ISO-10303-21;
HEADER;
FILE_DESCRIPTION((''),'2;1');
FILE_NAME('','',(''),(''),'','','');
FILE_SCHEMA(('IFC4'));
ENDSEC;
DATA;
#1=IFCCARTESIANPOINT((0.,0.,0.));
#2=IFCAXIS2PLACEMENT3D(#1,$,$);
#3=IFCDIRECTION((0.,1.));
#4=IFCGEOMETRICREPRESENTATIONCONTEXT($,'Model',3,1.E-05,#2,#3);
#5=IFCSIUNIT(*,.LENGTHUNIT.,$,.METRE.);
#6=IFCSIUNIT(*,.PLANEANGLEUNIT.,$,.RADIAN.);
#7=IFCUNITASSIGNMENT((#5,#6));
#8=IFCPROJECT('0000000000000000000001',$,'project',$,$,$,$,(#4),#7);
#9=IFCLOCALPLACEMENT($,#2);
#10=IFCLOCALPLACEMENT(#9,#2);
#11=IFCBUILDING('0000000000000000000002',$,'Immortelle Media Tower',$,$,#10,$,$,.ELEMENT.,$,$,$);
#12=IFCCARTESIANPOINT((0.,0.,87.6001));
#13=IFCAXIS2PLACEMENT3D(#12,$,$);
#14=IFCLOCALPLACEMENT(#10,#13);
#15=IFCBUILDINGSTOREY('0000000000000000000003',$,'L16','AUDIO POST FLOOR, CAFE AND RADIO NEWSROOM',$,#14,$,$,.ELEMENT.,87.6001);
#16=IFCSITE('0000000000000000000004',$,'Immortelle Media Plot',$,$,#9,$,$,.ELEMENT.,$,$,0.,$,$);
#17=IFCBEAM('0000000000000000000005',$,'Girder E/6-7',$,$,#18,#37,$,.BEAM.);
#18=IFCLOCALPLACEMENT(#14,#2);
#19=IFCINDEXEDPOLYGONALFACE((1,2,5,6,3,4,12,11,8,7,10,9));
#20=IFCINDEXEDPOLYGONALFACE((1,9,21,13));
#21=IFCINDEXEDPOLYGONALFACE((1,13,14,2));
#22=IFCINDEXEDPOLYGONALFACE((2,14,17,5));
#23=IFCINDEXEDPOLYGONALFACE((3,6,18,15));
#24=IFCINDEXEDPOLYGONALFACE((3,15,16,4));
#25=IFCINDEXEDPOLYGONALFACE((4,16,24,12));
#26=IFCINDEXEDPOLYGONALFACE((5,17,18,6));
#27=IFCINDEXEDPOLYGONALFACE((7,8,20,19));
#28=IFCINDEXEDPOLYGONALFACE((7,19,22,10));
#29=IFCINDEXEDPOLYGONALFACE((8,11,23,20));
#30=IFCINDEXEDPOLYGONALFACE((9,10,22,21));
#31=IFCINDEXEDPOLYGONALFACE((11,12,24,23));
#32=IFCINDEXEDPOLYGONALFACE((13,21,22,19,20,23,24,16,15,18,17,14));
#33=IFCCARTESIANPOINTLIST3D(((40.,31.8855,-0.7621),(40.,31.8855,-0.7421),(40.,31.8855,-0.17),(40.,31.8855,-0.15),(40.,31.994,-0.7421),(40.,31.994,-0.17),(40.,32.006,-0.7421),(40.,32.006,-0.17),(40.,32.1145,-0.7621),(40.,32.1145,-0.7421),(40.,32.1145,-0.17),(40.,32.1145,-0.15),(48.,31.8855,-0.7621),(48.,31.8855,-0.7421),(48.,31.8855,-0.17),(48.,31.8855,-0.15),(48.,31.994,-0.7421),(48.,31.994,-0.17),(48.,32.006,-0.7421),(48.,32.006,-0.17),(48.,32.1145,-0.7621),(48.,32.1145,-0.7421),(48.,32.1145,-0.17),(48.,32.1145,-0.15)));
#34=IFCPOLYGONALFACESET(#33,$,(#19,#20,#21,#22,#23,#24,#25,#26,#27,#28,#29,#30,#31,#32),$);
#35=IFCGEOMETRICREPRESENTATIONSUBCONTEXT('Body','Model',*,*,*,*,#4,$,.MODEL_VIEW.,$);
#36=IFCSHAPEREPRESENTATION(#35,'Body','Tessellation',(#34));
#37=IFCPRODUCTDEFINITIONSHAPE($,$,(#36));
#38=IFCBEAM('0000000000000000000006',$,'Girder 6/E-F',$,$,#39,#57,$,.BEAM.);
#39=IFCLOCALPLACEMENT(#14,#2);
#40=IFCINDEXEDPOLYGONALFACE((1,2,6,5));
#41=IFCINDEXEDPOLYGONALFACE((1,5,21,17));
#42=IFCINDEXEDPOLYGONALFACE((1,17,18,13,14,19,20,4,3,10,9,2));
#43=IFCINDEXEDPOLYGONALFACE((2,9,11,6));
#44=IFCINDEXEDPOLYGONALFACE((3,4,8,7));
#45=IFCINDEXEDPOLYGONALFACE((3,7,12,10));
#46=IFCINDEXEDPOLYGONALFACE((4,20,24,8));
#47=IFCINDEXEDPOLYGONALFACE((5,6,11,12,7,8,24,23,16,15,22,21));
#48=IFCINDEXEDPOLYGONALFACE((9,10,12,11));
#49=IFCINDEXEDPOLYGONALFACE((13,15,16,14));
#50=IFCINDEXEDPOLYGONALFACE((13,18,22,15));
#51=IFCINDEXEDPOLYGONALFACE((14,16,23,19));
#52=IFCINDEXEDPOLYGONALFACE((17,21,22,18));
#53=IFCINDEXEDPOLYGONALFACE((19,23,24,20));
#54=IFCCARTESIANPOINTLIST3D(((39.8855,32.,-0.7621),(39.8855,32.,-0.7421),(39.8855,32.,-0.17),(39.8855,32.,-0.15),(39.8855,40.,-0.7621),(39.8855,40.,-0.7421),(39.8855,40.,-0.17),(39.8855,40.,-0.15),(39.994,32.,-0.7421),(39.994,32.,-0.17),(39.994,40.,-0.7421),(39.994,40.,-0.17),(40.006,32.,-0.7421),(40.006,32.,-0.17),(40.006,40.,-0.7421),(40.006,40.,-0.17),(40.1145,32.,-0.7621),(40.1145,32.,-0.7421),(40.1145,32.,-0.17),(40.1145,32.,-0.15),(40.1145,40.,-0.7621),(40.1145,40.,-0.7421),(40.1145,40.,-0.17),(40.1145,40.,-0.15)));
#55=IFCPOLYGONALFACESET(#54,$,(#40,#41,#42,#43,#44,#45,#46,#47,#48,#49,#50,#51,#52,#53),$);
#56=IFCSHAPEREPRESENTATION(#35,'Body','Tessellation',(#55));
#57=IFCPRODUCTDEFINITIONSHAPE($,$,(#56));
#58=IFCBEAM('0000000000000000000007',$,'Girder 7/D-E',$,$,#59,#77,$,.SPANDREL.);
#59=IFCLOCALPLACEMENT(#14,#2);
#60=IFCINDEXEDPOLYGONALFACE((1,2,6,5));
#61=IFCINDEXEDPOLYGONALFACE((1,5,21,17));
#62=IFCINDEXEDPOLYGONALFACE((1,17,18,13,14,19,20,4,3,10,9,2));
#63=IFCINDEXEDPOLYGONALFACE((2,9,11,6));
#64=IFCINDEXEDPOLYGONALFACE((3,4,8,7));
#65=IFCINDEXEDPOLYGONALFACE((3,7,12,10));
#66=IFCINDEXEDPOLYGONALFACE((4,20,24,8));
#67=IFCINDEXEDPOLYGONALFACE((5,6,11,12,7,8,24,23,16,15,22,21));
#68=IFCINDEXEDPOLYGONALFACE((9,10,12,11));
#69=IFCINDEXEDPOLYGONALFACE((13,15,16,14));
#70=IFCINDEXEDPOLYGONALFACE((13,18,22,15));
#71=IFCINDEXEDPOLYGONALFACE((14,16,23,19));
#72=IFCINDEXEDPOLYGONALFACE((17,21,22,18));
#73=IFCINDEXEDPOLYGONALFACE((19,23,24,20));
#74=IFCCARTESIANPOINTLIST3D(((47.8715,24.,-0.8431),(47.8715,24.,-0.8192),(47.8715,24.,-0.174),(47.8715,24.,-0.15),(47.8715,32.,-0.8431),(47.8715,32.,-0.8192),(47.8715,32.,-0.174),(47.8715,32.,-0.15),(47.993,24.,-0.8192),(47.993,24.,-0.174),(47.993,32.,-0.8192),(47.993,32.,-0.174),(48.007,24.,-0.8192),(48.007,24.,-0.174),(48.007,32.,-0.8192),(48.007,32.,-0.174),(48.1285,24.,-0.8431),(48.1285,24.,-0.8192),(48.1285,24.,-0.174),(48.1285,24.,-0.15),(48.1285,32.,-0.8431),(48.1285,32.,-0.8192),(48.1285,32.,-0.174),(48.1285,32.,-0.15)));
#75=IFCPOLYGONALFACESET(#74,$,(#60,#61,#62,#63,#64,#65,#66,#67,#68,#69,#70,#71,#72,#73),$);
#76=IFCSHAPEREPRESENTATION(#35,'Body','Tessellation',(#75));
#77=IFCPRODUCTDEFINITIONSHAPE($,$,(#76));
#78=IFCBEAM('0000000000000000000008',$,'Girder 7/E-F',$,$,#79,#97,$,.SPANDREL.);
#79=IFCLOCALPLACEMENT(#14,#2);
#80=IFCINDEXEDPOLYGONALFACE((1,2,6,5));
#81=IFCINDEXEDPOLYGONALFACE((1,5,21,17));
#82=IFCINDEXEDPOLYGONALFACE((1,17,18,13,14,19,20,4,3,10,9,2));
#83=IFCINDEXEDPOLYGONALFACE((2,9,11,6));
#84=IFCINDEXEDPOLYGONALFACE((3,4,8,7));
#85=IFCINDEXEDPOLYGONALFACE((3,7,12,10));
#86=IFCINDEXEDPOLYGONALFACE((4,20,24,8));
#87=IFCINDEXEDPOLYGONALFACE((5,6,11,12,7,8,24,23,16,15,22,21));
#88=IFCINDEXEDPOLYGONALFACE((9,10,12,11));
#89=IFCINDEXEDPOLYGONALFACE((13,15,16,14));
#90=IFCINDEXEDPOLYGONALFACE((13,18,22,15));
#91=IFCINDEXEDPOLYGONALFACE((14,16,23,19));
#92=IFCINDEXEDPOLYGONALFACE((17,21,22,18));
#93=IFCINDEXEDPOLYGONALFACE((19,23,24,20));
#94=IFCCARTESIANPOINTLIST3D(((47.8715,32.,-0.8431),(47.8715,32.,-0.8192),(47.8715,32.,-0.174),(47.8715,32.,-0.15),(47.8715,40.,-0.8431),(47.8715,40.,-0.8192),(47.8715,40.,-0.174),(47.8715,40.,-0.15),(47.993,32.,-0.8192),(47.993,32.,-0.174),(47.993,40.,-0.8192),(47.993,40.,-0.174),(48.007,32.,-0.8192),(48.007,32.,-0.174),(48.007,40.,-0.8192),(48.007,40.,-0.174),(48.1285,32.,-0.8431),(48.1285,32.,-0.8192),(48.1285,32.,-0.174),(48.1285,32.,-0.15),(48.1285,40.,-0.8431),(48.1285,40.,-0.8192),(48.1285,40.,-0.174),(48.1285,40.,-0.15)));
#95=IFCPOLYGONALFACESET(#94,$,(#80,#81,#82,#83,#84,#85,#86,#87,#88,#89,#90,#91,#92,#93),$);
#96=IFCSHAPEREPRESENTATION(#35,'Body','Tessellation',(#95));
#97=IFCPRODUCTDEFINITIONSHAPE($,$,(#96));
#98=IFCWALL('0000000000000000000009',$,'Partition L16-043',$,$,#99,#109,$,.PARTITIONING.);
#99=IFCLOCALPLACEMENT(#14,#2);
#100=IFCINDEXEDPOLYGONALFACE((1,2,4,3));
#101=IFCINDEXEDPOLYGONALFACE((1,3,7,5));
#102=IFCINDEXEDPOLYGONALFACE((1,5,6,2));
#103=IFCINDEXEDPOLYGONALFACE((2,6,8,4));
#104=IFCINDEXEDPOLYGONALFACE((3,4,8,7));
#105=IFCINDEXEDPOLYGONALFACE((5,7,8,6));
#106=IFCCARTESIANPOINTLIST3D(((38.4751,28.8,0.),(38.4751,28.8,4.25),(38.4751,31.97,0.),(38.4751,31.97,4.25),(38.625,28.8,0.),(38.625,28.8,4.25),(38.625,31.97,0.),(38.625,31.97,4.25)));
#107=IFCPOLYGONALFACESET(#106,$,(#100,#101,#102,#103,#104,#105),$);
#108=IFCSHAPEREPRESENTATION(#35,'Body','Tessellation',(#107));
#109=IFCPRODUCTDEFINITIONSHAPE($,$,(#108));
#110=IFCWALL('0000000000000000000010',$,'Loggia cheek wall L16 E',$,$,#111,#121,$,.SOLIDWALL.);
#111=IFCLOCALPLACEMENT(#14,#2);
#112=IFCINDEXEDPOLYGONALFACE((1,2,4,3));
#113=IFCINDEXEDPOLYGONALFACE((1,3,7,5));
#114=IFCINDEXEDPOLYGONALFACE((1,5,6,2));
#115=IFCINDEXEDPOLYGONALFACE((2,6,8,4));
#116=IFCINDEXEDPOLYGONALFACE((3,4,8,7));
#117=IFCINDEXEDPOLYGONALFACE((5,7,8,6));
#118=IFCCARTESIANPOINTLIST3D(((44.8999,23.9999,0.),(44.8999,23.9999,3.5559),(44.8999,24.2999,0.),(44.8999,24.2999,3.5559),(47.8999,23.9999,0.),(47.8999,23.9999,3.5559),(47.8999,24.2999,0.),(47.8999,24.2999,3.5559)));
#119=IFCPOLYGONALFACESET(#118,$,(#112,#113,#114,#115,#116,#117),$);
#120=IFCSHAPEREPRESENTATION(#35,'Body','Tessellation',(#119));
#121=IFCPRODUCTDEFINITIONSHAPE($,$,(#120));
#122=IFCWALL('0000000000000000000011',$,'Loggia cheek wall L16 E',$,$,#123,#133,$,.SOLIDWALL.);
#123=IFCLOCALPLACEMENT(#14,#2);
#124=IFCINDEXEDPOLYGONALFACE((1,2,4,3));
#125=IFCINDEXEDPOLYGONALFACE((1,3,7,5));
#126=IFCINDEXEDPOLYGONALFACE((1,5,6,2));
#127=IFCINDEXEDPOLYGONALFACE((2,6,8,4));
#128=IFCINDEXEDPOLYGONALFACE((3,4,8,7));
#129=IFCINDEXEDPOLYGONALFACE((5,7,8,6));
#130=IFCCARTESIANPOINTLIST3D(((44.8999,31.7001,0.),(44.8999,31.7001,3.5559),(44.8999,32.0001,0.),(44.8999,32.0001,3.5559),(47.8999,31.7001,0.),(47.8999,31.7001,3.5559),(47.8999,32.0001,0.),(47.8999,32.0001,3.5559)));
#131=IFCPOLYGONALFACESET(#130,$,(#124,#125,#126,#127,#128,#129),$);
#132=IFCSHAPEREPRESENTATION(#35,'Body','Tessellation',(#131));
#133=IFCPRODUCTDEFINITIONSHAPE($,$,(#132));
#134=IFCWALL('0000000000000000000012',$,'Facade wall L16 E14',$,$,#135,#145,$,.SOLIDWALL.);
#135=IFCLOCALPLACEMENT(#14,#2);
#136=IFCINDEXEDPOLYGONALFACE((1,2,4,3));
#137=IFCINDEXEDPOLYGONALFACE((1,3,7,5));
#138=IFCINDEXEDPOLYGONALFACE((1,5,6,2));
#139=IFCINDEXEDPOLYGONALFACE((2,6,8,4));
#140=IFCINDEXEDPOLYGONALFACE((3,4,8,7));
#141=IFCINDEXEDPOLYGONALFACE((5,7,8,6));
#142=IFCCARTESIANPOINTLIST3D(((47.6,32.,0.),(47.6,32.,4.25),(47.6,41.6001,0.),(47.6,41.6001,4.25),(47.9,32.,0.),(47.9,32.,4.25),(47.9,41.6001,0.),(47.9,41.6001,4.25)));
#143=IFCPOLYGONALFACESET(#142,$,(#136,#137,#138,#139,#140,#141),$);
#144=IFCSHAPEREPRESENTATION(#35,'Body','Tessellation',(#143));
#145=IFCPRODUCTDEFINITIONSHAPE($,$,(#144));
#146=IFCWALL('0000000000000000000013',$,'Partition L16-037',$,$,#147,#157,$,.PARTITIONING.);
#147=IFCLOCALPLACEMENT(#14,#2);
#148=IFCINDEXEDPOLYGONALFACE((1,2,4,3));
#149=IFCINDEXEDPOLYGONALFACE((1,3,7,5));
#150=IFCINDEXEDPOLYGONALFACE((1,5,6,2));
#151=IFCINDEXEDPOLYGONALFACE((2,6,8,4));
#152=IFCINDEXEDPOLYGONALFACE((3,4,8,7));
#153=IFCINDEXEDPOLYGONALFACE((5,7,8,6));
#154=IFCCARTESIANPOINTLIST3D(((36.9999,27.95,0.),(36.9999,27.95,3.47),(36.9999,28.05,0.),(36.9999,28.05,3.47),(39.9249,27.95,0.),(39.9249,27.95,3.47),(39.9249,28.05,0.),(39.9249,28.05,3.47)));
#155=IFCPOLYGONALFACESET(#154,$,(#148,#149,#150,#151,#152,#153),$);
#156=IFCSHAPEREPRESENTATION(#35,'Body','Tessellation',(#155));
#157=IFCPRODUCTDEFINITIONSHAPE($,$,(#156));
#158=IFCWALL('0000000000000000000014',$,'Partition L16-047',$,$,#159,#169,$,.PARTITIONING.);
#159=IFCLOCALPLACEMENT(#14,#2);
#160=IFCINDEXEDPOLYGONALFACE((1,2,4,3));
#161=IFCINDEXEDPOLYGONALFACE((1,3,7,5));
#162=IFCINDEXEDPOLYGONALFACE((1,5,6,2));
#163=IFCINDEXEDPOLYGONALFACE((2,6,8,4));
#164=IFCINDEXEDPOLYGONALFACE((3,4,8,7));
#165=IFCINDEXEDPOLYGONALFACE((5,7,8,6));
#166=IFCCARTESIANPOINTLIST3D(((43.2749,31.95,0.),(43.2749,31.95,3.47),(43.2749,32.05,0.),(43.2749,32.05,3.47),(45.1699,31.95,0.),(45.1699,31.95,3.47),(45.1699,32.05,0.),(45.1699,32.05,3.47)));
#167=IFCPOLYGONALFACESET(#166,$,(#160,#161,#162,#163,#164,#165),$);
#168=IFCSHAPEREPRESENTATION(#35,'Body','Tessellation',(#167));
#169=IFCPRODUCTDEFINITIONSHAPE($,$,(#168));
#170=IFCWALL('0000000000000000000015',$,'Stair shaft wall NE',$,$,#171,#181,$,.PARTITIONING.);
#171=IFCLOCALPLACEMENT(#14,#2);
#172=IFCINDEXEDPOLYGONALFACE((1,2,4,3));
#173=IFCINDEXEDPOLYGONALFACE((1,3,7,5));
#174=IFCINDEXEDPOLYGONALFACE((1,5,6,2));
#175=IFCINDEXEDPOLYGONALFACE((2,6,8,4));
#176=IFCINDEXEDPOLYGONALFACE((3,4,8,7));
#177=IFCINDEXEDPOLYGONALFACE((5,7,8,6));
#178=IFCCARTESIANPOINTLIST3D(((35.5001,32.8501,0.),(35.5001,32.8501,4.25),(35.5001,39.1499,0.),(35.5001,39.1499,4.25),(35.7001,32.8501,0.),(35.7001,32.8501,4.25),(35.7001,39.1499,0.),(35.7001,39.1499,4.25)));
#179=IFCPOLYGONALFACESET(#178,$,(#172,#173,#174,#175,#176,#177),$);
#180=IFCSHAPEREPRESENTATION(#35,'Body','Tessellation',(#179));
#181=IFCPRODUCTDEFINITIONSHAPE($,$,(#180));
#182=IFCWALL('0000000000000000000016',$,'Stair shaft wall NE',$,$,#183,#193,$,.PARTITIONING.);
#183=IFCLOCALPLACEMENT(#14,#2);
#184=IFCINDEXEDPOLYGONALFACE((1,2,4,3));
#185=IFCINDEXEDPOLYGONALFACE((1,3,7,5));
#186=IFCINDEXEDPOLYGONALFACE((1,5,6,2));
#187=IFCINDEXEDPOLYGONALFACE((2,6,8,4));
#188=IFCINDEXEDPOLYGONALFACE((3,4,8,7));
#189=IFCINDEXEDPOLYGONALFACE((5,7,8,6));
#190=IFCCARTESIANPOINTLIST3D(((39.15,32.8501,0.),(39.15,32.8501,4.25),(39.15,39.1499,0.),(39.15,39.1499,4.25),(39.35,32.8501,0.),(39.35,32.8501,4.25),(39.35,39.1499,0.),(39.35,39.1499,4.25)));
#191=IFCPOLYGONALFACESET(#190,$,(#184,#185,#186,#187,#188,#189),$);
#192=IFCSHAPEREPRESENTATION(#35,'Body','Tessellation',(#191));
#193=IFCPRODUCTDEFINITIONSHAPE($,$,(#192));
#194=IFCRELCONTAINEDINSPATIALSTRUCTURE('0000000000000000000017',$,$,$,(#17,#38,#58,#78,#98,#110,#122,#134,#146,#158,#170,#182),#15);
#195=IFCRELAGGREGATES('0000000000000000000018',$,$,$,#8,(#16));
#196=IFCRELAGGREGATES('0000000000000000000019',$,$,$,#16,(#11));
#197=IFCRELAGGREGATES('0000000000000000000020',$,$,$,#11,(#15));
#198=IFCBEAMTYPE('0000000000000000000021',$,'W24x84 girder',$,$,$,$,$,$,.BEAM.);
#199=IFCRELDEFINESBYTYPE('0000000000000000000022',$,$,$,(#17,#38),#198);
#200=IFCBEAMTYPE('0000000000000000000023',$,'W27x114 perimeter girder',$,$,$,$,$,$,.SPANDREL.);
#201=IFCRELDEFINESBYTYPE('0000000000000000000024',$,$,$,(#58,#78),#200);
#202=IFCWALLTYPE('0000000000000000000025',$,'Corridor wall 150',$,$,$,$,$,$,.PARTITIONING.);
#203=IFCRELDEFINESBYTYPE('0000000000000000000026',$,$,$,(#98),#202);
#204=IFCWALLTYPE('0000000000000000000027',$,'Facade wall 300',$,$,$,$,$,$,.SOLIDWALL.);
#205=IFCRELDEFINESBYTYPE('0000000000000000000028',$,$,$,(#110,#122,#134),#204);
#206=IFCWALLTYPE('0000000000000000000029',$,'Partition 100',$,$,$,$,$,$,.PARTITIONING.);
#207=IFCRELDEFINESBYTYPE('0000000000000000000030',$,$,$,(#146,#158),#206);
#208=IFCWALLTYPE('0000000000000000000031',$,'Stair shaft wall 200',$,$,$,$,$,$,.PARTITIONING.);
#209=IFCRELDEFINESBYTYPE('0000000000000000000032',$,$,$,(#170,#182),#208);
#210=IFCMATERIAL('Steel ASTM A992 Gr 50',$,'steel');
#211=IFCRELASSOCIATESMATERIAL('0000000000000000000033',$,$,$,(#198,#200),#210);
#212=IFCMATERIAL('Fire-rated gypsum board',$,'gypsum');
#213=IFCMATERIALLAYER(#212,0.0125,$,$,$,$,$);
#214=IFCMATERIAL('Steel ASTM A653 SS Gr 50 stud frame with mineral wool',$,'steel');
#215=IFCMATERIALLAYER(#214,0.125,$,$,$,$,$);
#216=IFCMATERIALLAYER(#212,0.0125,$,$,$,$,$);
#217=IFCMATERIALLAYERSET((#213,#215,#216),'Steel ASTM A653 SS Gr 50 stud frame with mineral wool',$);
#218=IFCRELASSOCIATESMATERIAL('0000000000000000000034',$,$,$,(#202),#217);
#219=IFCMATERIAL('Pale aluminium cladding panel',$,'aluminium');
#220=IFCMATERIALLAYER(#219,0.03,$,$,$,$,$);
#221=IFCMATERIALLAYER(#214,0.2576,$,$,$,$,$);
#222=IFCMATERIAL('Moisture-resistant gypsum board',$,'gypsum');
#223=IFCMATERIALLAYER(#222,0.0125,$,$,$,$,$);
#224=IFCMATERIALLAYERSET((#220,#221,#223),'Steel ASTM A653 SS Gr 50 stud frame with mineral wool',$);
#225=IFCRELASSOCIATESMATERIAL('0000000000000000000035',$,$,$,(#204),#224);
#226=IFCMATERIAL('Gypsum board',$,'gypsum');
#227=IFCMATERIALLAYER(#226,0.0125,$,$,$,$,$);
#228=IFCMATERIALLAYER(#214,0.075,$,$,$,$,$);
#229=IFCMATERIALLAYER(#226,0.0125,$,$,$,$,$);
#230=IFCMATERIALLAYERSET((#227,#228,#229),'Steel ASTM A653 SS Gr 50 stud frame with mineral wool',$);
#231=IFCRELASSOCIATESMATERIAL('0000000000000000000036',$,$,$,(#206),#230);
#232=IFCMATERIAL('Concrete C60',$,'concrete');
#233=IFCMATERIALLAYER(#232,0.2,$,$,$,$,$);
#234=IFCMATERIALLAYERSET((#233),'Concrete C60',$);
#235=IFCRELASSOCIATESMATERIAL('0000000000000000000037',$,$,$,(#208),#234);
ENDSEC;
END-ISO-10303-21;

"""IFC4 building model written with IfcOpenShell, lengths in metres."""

from ifc_helpers import new_model, si_unit, direction, frame, frame_2d, origin, origin_2d, place, context, subcontext, project, spatial, rectangle, i_section, extrude, material, layer, layer_set, material_profile, profile_set, type_object, element, save


model = new_model("IFC4")

# Units and contexts
model_context = context("Model", 3, precision=1e-05, world=origin(), true_north=direction((0.0, 1.0)))
body_context = subcontext(model_context, "Body", "Model", "MODEL_VIEW")
ifc_project = project(units=[si_unit("LENGTHUNIT", "METRE"), si_unit("PLANEANGLEUNIT", "RADIAN")], contexts=[model_context])

# Site, building, storey
site_placement = place(None, origin())
site = spatial("IfcSite", under=ifc_project, at=site_placement, Name="Immortelle Media Plot", CompositionType="ELEMENT", RefElevation=0.0)
building_placement = place(site_placement, origin())
building = spatial("IfcBuilding", under=site, at=building_placement, Name="Immortelle Media Tower", CompositionType="ELEMENT")
storey_placement = place(building_placement, frame((0.0, 0.0, 87.6001)))
storey = spatial("IfcBuildingStorey", under=building, at=storey_placement, Name="L16", Description="AUDIO POST FLOOR, CAFE AND RADIO NEWSROOM", CompositionType="ELEMENT", Elevation=87.6001)

# Shared definitions
ifc_material_1 = material(Name="Steel ASTM A992 Gr 50", Category="steel")

# Beams
ifc_material_profile_1 = material_profile(ifc_material_1, i_section(OverallWidth=0.229, OverallDepth=0.6121, WebThickness=0.012, FlangeThickness=0.02, at=origin_2d()), Name="W24x84")
ifc_profile_set_1 = profile_set([ifc_material_profile_1], Name="Steel ASTM A992 Gr 50")
beam_type_1 = type_object("IfcBeamType", Name="W24x84 girder", PredefinedType="BEAM", material=ifc_profile_set_1)
for number, where, z_axis, x_axis, name in (
    (1, (40.0, 32.0, -0.4561), (1.0, 0.0, 0.0), (0.0, 1.0, 0.0), "Girder E/6-7"),
    (2, (40.0, 32.0, -0.4561), (0.0, 1.0, 0.0), (-1.0, 0.0, 0.0), "Girder 6/E-F"),
):
    element("IfcBeam", number, at=place(storey_placement, frame(where, z_axis=z_axis, x_axis=x_axis)), inside=storey, type_object=beam_type_1, Name=name, PredefinedType="BEAM", context=body_context, shape_type="SweptSolid", body=[
        extrude(i_section(OverallWidth=0.229, OverallDepth=0.6121, WebThickness=0.012, FlangeThickness=0.02, at=origin_2d()), origin(), (0.0, 0.0, 1.0), 8.0),
    ])
ifc_material_profile_2 = material_profile(ifc_material_1, i_section(OverallWidth=0.2571, OverallDepth=0.6931, WebThickness=0.0139, FlangeThickness=0.0239, at=origin_2d()), Name="W27x114")
ifc_profile_set_2 = profile_set([ifc_material_profile_2], Name="Steel ASTM A992 Gr 50")
beam_type_2 = type_object("IfcBeamType", Name="W27x114 perimeter girder", PredefinedType="SPANDREL", material=ifc_profile_set_2)
for number, where, z_axis, x_axis, name in (
    (3, (48.0, 24.0, -0.4966), (0.0, 1.0, 0.0), (-1.0, 0.0, 0.0), "Girder 7/D-E"),
    (4, (48.0, 32.0, -0.4966), (0.0, 1.0, 0.0), (-1.0, 0.0, 0.0), "Girder 7/E-F"),
):
    element("IfcBeam", number, at=place(storey_placement, frame(where, z_axis=z_axis, x_axis=x_axis)), inside=storey, type_object=beam_type_2, Name=name, PredefinedType="SPANDREL", context=body_context, shape_type="SweptSolid", body=[
        extrude(i_section(OverallWidth=0.2571, OverallDepth=0.6931, WebThickness=0.0139, FlangeThickness=0.0239, at=origin_2d()), origin(), (0.0, 0.0, 1.0), 8.0),
    ])

# Wall
ifc_material_2 = material(Name="Fire-rated gypsum board", Category="gypsum")
ifc_layer_1 = layer(ifc_material_2, 0.0125)
ifc_material_3 = material(Name="Steel ASTM A653 SS Gr 50 stud frame with mineral wool", Category="steel")
ifc_layer_2 = layer(ifc_material_3, 0.125)
ifc_layer_3 = layer(ifc_material_2, 0.0125)
ifc_layer_set_1 = layer_set([ifc_layer_1, ifc_layer_2, ifc_layer_3], Name="Steel ASTM A653 SS Gr 50 stud frame with mineral wool")
wall_type_1 = type_object("IfcWallType", Name="Corridor wall 150", PredefinedType="PARTITIONING", material=ifc_layer_set_1)
wall_1_placement = place(storey_placement, frame((38.55, 28.8, 0.0), z_axis=(0.0, 0.0, 1.0), x_axis=(0.0, 1.0, 0.0)))
element("IfcWall", 5, at=wall_1_placement, inside=storey, type_object=wall_type_1, Name="Partition L16-043", PredefinedType="PARTITIONING", context=body_context, shape_type="SweptSolid", body=[
    extrude(rectangle(XDim=3.1699, YDim=0.1499, at=frame_2d((1.585, 0.0))), origin(), (0.0, 0.0, 1.0), 4.25),
])

# Shared definitions
ifc_material_4 = material(Name="Pale aluminium cladding panel", Category="aluminium")
ifc_layer_4 = layer(ifc_material_4, 0.03)
ifc_layer_5 = layer(ifc_material_3, 0.2576)
ifc_material_5 = material(Name="Moisture-resistant gypsum board", Category="gypsum")
ifc_layer_6 = layer(ifc_material_5, 0.0125)
ifc_layer_set_2 = layer_set([ifc_layer_4, ifc_layer_5, ifc_layer_6], Name="Steel ASTM A653 SS Gr 50 stud frame with mineral wool")
wall_type_2 = type_object("IfcWallType", Name="Facade wall 300", PredefinedType="SOLIDWALL", material=ifc_layer_set_2)

# Walls
for number, where, z_axis, x_axis, name in (
    (6, (47.8999, 24.1499, 0.0), (0.0, 0.0, 1.0), (-1.0, 0.0, 0.0), "Loggia cheek wall L16 E"),
    (7, (47.8999, 31.8501, 0.0), (0.0, 0.0, 1.0), (-1.0, 0.0, 0.0), "Loggia cheek wall L16 E"),
):
    element("IfcWall", number, at=place(storey_placement, frame(where, z_axis=z_axis, x_axis=x_axis)), inside=storey, type_object=wall_type_2, Name=name, PredefinedType="SOLIDWALL", context=body_context, shape_type="SweptSolid", body=[
        extrude(rectangle(XDim=3.0, YDim=0.3, at=frame_2d((1.5, 0.0))), origin(), (0.0, 0.0, 1.0), 3.5559),
    ])
wall_2_placement = place(storey_placement, frame((47.75, 32.0, 0.0), z_axis=(0.0, 0.0, 1.0), x_axis=(0.0, 1.0, 0.0)))
element("IfcWall", 8, at=wall_2_placement, inside=storey, type_object=wall_type_2, Name="Facade wall L16 E14", PredefinedType="SOLIDWALL", context=body_context, shape_type="SweptSolid", body=[
    extrude(rectangle(XDim=9.6001, YDim=0.3, at=frame_2d((4.8, 0.0))), origin(), (0.0, 0.0, 1.0), 4.25),
])
ifc_material_6 = material(Name="Gypsum board", Category="gypsum")
ifc_layer_7 = layer(ifc_material_6, 0.0125)
ifc_layer_8 = layer(ifc_material_3, 0.075)
ifc_layer_9 = layer(ifc_material_6, 0.0125)
ifc_layer_set_3 = layer_set([ifc_layer_7, ifc_layer_8, ifc_layer_9], Name="Steel ASTM A653 SS Gr 50 stud frame with mineral wool")
wall_type_3 = type_object("IfcWallType", Name="Partition 100", PredefinedType="PARTITIONING", material=ifc_layer_set_3)
wall_3_placement = place(storey_placement, frame((37.0, 28.0, 0.0), z_axis=(0.0, 0.0, 1.0), x_axis=(1.0, 0.0, 0.0)))
element("IfcWall", 9, at=wall_3_placement, inside=storey, type_object=wall_type_3, Name="Partition L16-037", PredefinedType="PARTITIONING", context=body_context, shape_type="SweptSolid", body=[
    extrude(rectangle(XDim=2.925, YDim=0.1001, at=frame_2d((1.4624, 0.0))), origin(), (0.0, 0.0, 1.0), 3.47),
])
wall_4_placement = place(storey_placement, frame((43.2749, 32.0, 0.0), z_axis=(0.0, 0.0, 1.0), x_axis=(1.0, 0.0, 0.0)))
element("IfcWall", 10, at=wall_4_placement, inside=storey, type_object=wall_type_3, Name="Partition L16-047", PredefinedType="PARTITIONING", context=body_context, shape_type="SweptSolid", body=[
    extrude(rectangle(XDim=1.895, YDim=0.1001, at=frame_2d((0.9475, 0.0))), origin(), (0.0, 0.0, 1.0), 3.47),
])
ifc_material_7 = material(Name="Concrete C60", Category="concrete")
ifc_layer_10 = layer(ifc_material_7, 0.2)
ifc_layer_set_4 = layer_set([ifc_layer_10], Name="Concrete C60")
wall_type_4 = type_object("IfcWallType", Name="Stair shaft wall 200", PredefinedType="PARTITIONING", material=ifc_layer_set_4)
for number, where, z_axis, x_axis, name in (
    (11, (35.6001, 32.8501, 0.0), (0.0, 0.0, 1.0), (0.0, 1.0, 0.0), "Stair shaft wall NE"),
    (12, (39.25, 32.8501, 0.0), (0.0, 0.0, 1.0), (0.0, 1.0, 0.0), "Stair shaft wall NE"),
):
    element("IfcWall", number, at=place(storey_placement, frame(where, z_axis=z_axis, x_axis=x_axis)), inside=storey, type_object=wall_type_4, Name=name, PredefinedType="PARTITIONING", context=body_context, shape_type="SweptSolid", body=[
        extrude(rectangle(XDim=6.2998, YDim=0.2, at=frame_2d((3.1499, 0.0))), origin(), (0.0, 0.0, 1.0), 4.25),
    ])

save(model, "model.ifc")
